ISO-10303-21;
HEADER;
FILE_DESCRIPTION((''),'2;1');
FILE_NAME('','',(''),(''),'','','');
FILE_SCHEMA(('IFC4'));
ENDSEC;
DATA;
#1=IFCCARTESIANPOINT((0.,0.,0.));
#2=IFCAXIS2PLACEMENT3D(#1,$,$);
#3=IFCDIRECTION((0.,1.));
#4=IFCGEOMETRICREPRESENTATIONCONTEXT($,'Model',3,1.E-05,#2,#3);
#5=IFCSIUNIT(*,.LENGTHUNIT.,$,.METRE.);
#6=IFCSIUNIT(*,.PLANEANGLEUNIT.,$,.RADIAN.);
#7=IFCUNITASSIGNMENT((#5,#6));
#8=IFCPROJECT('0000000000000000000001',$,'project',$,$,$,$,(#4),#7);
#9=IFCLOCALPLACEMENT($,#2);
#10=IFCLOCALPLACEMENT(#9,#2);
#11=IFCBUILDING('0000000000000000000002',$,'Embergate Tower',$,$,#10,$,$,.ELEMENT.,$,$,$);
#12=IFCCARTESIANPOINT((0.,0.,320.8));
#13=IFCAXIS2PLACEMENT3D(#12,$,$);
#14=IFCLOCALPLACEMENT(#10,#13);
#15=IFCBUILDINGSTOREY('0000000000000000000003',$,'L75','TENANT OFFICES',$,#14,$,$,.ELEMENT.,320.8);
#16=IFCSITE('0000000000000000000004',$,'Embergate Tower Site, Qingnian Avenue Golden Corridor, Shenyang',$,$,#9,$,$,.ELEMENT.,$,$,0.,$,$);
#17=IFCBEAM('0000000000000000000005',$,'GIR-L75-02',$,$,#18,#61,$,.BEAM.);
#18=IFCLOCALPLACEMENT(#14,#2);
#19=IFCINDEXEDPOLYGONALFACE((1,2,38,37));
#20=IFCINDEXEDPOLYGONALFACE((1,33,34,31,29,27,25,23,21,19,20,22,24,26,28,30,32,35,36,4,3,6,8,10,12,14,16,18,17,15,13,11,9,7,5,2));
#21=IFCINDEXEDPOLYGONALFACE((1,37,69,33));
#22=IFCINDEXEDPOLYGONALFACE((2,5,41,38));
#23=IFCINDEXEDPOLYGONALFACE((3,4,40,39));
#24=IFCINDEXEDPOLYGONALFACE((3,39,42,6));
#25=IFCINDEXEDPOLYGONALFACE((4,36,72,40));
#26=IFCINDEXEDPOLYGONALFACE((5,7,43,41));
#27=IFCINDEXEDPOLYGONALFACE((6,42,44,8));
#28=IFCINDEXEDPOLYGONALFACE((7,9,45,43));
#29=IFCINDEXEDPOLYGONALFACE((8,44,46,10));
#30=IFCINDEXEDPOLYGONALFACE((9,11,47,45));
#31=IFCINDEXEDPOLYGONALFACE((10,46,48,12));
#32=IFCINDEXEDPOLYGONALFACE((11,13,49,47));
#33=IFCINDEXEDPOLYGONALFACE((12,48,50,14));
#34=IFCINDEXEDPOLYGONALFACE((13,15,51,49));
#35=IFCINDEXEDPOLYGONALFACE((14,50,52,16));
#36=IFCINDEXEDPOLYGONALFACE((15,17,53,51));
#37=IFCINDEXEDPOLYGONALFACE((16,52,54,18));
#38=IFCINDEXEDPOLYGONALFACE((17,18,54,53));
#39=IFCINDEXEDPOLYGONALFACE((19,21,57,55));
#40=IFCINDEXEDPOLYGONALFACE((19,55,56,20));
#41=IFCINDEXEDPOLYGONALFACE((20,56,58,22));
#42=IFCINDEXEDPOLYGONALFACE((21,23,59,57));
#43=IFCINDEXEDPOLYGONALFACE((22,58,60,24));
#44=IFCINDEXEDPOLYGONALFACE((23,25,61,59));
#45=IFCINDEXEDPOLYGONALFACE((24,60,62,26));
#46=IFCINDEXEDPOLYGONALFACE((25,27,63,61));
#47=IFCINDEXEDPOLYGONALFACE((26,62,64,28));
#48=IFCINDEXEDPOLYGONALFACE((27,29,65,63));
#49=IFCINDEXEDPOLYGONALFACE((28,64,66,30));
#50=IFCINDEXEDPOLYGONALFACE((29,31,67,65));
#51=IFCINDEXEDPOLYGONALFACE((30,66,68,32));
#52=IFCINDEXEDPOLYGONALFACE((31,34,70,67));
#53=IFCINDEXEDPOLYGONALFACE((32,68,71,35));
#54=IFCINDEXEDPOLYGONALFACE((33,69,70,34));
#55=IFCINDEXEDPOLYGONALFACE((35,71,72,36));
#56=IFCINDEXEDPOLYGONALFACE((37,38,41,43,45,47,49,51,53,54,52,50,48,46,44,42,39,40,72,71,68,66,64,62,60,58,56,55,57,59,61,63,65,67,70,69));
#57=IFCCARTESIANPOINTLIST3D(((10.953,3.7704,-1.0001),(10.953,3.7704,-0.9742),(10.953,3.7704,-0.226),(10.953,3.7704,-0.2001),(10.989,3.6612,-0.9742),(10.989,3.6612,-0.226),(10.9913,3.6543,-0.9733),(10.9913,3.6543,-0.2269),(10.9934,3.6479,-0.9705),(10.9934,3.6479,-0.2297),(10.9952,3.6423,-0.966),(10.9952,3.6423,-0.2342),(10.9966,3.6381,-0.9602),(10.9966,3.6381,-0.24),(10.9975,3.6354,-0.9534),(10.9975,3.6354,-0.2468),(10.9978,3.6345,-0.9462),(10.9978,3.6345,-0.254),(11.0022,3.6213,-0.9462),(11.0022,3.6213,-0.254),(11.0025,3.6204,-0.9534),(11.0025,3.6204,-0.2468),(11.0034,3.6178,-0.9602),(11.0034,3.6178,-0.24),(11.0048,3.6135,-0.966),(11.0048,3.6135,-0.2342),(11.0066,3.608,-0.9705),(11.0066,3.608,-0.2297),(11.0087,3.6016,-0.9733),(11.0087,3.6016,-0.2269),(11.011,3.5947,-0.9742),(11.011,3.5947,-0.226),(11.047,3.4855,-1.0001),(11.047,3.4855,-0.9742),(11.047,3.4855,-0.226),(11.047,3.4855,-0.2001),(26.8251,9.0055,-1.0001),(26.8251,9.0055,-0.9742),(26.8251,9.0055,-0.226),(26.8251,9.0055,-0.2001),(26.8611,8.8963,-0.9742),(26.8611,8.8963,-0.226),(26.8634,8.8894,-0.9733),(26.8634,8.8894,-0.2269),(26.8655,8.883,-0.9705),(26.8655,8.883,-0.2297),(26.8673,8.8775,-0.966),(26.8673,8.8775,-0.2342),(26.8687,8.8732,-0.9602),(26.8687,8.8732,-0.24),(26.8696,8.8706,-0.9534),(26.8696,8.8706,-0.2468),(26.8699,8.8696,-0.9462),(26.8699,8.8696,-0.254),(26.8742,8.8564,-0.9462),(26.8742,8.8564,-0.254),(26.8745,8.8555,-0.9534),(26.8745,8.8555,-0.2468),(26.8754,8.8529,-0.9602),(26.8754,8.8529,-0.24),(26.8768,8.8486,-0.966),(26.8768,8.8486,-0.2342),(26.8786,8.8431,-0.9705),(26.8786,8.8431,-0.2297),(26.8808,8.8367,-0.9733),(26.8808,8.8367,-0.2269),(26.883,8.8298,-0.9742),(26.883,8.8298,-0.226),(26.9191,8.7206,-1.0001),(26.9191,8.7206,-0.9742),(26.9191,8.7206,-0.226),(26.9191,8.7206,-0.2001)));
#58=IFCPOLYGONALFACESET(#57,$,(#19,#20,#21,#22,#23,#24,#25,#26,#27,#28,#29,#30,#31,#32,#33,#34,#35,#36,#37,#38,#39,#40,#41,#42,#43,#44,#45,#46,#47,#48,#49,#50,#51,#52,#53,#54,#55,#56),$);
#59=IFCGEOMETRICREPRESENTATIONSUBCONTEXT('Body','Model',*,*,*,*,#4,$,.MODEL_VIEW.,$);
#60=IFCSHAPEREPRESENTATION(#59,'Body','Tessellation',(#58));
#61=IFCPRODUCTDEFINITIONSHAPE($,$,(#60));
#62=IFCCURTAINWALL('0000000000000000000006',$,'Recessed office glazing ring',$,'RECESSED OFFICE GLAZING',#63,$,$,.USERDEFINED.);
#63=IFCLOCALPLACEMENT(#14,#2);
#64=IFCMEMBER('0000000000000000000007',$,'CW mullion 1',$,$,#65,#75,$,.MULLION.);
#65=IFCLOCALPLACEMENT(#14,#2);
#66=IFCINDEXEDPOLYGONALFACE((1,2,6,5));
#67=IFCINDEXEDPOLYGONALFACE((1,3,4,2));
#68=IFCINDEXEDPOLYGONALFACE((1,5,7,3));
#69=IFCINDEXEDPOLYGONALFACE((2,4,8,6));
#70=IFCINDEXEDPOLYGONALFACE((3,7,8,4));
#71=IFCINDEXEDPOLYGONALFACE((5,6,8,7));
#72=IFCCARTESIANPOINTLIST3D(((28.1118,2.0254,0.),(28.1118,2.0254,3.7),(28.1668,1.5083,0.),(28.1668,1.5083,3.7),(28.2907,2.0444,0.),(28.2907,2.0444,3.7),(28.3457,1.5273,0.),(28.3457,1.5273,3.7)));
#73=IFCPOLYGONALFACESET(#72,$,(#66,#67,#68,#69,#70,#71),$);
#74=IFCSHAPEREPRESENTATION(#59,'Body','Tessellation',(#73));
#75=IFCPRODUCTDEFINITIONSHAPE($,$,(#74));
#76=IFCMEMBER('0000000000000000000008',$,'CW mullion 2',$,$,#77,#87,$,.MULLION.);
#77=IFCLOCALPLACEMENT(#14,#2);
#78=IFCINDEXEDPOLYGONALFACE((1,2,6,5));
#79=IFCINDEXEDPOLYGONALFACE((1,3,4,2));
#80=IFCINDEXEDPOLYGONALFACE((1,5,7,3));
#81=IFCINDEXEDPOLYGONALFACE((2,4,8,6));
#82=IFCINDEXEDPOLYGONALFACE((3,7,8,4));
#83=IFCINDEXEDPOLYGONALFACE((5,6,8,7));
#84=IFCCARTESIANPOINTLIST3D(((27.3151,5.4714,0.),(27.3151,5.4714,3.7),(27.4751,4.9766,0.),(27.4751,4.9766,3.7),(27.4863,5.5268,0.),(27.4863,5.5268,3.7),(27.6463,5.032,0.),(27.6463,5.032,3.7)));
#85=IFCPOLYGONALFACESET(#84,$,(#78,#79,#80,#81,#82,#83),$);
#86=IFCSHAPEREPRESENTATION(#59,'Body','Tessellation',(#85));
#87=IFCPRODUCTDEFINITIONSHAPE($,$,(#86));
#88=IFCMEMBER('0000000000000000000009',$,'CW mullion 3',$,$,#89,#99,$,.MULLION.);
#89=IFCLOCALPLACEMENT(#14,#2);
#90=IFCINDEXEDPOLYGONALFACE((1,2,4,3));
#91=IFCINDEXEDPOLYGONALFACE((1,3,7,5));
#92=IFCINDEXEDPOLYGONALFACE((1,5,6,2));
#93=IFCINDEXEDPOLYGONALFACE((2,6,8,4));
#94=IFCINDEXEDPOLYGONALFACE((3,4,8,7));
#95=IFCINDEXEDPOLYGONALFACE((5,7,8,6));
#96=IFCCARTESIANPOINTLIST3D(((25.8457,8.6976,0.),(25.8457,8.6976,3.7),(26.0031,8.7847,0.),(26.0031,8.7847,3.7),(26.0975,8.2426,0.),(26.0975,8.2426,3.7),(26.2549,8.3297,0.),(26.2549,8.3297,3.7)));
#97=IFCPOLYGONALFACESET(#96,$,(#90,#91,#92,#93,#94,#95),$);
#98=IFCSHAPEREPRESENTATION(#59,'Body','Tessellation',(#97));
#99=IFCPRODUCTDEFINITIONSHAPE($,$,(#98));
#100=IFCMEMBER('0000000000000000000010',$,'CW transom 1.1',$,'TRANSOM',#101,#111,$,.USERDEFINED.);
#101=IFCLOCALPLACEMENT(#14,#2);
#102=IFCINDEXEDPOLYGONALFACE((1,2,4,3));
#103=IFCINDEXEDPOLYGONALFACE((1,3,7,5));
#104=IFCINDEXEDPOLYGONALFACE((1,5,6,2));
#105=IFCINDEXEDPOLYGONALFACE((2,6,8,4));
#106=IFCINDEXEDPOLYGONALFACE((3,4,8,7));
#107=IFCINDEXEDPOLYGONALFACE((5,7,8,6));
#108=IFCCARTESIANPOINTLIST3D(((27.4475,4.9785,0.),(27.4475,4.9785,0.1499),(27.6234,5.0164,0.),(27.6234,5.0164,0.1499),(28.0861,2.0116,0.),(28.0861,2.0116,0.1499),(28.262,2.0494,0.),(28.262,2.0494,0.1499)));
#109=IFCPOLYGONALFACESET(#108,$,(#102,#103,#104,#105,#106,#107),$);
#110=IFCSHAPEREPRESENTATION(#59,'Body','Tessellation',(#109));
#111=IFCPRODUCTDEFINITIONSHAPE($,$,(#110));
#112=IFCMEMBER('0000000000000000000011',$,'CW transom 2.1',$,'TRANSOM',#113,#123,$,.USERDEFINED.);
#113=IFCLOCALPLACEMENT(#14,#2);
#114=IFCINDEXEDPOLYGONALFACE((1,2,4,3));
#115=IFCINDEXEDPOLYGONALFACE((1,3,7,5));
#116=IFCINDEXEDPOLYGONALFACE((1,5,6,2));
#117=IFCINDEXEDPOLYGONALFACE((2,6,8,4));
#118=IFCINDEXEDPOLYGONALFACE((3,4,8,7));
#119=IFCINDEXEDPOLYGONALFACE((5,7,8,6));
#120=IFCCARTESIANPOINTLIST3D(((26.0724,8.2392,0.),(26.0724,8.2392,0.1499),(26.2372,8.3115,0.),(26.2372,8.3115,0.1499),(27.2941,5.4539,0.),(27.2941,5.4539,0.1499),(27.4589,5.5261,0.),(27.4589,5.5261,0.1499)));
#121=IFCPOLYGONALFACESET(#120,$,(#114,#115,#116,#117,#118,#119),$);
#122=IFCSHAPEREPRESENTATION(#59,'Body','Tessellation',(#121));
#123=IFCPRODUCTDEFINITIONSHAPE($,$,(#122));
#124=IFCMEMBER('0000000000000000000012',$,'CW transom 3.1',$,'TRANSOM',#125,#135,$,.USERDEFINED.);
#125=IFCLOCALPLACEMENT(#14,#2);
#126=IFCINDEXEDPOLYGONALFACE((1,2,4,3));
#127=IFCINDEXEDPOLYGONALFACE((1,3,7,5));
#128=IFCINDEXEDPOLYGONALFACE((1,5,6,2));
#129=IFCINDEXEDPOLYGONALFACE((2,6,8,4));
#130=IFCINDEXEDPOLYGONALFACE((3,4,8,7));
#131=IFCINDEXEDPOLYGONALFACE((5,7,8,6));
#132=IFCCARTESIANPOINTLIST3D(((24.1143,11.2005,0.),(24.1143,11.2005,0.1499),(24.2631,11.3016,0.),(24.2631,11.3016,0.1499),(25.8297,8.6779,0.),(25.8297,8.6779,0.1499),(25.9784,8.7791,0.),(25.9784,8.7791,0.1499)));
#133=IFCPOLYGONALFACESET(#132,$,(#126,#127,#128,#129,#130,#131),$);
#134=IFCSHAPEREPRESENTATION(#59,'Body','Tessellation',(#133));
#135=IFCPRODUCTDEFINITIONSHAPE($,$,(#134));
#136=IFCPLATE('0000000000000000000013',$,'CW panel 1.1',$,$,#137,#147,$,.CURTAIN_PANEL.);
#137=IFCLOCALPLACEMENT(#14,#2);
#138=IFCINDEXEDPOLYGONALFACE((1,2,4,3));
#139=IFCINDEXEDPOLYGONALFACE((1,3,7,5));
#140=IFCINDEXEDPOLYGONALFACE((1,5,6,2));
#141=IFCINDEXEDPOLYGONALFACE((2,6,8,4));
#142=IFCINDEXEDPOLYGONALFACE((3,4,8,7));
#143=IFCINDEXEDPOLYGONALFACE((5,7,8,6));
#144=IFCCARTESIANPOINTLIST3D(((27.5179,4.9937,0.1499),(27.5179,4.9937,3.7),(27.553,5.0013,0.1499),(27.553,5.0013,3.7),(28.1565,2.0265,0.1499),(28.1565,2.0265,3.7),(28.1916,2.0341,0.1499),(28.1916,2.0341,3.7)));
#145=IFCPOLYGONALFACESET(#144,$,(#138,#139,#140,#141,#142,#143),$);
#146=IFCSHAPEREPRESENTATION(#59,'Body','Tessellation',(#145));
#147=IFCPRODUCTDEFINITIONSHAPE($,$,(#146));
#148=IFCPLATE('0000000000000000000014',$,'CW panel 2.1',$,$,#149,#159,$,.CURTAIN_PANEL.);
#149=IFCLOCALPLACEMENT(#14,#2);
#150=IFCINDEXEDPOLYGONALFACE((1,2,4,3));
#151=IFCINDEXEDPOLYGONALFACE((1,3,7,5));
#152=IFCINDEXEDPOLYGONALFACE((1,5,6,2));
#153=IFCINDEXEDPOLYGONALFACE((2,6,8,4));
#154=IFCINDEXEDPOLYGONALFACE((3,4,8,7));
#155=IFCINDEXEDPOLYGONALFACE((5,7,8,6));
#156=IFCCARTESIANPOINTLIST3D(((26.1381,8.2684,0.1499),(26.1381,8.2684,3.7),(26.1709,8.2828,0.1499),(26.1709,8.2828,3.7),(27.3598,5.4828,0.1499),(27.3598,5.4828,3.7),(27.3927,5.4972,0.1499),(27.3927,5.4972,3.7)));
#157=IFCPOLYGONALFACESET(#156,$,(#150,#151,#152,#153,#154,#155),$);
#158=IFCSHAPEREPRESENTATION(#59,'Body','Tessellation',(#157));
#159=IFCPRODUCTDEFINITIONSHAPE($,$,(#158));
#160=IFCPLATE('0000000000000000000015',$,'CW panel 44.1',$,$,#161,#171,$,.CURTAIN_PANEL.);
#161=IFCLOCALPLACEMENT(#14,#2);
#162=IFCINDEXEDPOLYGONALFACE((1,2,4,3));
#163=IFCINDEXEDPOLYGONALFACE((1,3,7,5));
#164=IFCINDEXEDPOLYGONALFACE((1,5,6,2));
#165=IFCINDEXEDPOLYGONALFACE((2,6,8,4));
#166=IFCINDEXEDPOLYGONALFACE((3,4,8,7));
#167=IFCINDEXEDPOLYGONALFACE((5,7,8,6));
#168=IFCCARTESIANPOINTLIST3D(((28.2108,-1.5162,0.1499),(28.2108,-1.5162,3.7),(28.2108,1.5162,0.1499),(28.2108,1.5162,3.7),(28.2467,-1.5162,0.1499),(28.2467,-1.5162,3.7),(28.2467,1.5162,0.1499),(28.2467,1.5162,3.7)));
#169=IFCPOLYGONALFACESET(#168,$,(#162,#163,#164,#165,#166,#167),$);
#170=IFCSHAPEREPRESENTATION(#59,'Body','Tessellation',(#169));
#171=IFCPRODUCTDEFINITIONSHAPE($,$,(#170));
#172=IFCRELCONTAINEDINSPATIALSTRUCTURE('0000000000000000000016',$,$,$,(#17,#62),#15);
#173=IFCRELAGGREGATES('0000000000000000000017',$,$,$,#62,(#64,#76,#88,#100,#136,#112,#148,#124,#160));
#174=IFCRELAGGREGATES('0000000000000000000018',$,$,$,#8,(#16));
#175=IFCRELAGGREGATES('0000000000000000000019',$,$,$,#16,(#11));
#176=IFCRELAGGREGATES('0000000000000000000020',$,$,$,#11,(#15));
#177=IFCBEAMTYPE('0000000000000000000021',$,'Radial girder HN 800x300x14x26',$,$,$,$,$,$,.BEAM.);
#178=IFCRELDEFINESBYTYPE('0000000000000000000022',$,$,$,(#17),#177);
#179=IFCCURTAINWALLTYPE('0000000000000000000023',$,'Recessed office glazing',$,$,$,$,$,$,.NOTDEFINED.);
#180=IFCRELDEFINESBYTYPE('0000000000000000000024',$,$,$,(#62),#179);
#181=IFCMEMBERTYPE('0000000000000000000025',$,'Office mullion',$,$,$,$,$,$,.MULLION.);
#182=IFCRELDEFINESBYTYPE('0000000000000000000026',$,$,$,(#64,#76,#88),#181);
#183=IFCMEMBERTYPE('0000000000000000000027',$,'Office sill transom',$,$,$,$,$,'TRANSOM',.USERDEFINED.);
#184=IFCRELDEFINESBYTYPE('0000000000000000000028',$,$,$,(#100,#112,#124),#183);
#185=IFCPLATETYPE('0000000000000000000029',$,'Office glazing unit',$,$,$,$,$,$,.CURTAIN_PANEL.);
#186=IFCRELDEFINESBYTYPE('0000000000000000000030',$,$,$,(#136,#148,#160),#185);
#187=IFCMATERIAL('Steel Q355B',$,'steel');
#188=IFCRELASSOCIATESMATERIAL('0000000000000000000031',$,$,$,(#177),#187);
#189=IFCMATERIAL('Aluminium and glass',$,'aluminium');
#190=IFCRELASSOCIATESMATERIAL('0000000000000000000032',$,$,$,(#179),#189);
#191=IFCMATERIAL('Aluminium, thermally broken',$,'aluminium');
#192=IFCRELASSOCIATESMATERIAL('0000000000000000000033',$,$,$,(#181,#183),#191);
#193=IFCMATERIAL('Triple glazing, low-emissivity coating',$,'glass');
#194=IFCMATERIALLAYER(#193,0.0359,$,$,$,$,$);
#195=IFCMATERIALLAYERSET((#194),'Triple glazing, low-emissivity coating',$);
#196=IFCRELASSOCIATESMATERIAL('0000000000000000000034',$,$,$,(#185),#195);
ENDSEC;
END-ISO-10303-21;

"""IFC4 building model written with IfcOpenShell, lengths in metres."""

from ifc_helpers import new_model, si_unit, direction, frame, origin, origin_2d, place, context, subcontext, project, spatial, rectangle, i_section, extrude, source, transform, mapped, material, layer, layer_set, material_profile, profile_set, type_object, element, aggregate, save


model = new_model("IFC4")

# Units and contexts
model_context = context("Model", 3, precision=1e-05, world=origin(), true_north=direction((0.0, 1.0)))
body_context = subcontext(model_context, "Body", "Model", "MODEL_VIEW")
ifc_project = project(units=[si_unit("LENGTHUNIT", "METRE"), si_unit("PLANEANGLEUNIT", "RADIAN")], contexts=[model_context])

# Site, building, storey
site_placement = place(None, origin())
site = spatial("IfcSite", under=ifc_project, at=site_placement, Name="Embergate Tower Site, Qingnian Avenue Golden Corridor, Shenyang", CompositionType="ELEMENT", RefElevation=0.0)
building_placement = place(site_placement, origin())
building = spatial("IfcBuilding", under=site, at=building_placement, Name="Embergate Tower", CompositionType="ELEMENT")
storey_placement = place(building_placement, frame((0.0, 0.0, 320.8)))
storey = spatial("IfcBuildingStorey", under=building, at=storey_placement, Name="L75", Description="TENANT OFFICES", CompositionType="ELEMENT", Elevation=320.8)

# Beam
ifc_material_1 = material(Name="Steel Q355B", Category="steel")
ifc_material_profile_1 = material_profile(ifc_material_1, i_section(OverallWidth=0.3, OverallDepth=0.8, WebThickness=0.0139, FlangeThickness=0.0259, FilletRadius=0.0281, at=origin_2d()), Name="HN 800x300x14x26")
ifc_profile_set_1 = profile_set([ifc_material_profile_1], Name="Steel Q355 grade B")
beam_type_1 = type_object("IfcBeamType", Name="Radial girder HN 800x300x14x26", PredefinedType="BEAM", material=ifc_profile_set_1)
shared_shape_1 = source(origin(), body_context, "Body", "SweptSolid", [
    extrude(i_section(OverallWidth=0.3, OverallDepth=0.8, WebThickness=0.0139, FlangeThickness=0.0259, FilletRadius=0.0281, at=origin_2d()), origin(), (0.0, 0.0, 1.0), 16.7131),
])
beam_1_placement = place(storey_placement, frame((26.8721, 8.863, -0.6001), z_axis=(-0.949676, -0.313233, 0.0), x_axis=(0.313233, -0.949676, 0.0)))
element("IfcBeam", 1, at=beam_1_placement, inside=storey, type_object=beam_type_1, Name="GIR-L75-02", PredefinedType="BEAM", context=body_context, shape_type="MappedRepresentation", body=[
    mapped(shared_shape_1, transform((0.0, 0.0, 0.0))),
])

# Curtain wall, members, plates
ifc_material_2 = material(Name="Aluminium and glass", Category="aluminium")
curtain_wall_type = type_object("IfcCurtainWallType", Name="Recessed office glazing", PredefinedType="NOTDEFINED", material=ifc_material_2)
curtain_wall_placement = place(storey_placement, origin())
curtain_wall = element("IfcCurtainWall", 2, at=curtain_wall_placement, inside=storey, type_object=curtain_wall_type, Name="Recessed office glazing ring", ObjectType="RECESSED OFFICE GLAZING", PredefinedType="USERDEFINED")
ifc_material_3 = material(Name="Aluminium, thermally broken", Category="aluminium")
ifc_material_profile_2 = material_profile(ifc_material_3, rectangle(XDim=0.1799, YDim=0.52, at=origin_2d()), Name="AL 520x180")
ifc_profile_set_2 = profile_set([ifc_material_profile_2], Name="Aluminium, thermally broken")
member_type_1 = type_object("IfcMemberType", Name="Office mullion", PredefinedType="MULLION", material=ifc_profile_set_2)
shared_shape_2 = source(origin(), body_context, "Body", "SweptSolid", [
    extrude(rectangle(XDim=0.1799, YDim=0.52, at=origin_2d()), origin(), (0.0, 0.0, 1.0), 3.7),
])
member_1_placement = place(storey_placement, frame((28.2288, 1.7764, 0.0), z_axis=(0.0, 0.0, 1.0), x_axis=(-0.994384, -0.105832, 0.0)))
member_1 = element("IfcMember", 3, at=member_1_placement, type_object=member_type_1, Name="CW mullion 1", PredefinedType="MULLION", context=body_context, shape_type="MappedRepresentation", body=[
    mapped(shared_shape_2, transform((0.0, 0.0, 0.0))),
])
member_2_placement = place(storey_placement, frame((27.4807, 5.2517, 0.0), z_axis=(0.0, 0.0, 1.0), x_axis=(-0.951492, -0.307674, 0.0)))
member_2 = element("IfcMember", 4, at=member_2_placement, type_object=member_type_1, Name="CW mullion 2", PredefinedType="MULLION", context=body_context, shape_type="MappedRepresentation", body=[
    mapped(shared_shape_2, transform((0.0, 0.0, 0.0))),
])
member_3_placement = place(storey_placement, frame((26.0503, 8.5137, 0.0), z_axis=(0.0, 0.0, 1.0), x_axis=(-0.874991, -0.484139, 0.0)))
member_3 = element("IfcMember", 5, at=member_3_placement, type_object=member_type_1, Name="CW mullion 3", PredefinedType="MULLION", context=body_context, shape_type="MappedRepresentation", body=[
    mapped(shared_shape_2, transform((0.0, 0.0, 0.0))),
])
ifc_material_profile_3 = material_profile(ifc_material_3, rectangle(XDim=0.1799, YDim=0.1499, at=origin_2d()), Name="AL 150x180")
ifc_profile_set_3 = profile_set([ifc_material_profile_3], Name="Aluminium, thermally broken")
member_type_2 = type_object("IfcMemberType", Name="Office sill transom", ElementType="TRANSOM", PredefinedType="USERDEFINED", material=ifc_profile_set_3)
shared_shape_3 = source(origin(), body_context, "Body", "SweptSolid", [
    extrude(rectangle(XDim=0.1799, YDim=0.1499, at=origin_2d()), origin(), (0.0, 0.0, 1.0), 3.0349),
])
member_4_placement = place(storey_placement, frame((28.1741, 2.0305, 0.075), z_axis=(-0.210435, 0.977608, 0.0), x_axis=(-0.977608, -0.210435, 0.0)))
member_4 = element("IfcMember", 6, at=member_4_placement, type_object=member_type_2, Name="CW transom 1.1", ObjectType="TRANSOM", PredefinedType="USERDEFINED", context=body_context, shape_type="MappedRepresentation", body=[
    mapped(shared_shape_3, transform((0.0, 0.0, 0.0))),
])
shared_shape_4 = source(origin(), body_context, "Body", "SweptSolid", [
    extrude(rectangle(XDim=0.1799, YDim=0.1499, at=origin_2d()), origin(), (0.0, 0.0, 1.0), 3.0415),
])
member_5_placement = place(storey_placement, frame((27.3765, 5.49, 0.075), z_axis=(-0.401665, 0.915787, 0.0), x_axis=(-0.915787, -0.401665, 0.0)))
member_5 = element("IfcMember", 7, at=member_5_placement, type_object=member_type_2, Name="CW transom 2.1", ObjectType="TRANSOM", PredefinedType="USERDEFINED", context=body_context, shape_type="MappedRepresentation", body=[
    mapped(shared_shape_4, transform((0.0, 0.0, 0.0))),
])
shared_shape_5 = source(origin(), body_context, "Body", "SweptSolid", [
    extrude(rectangle(XDim=0.1799, YDim=0.1499, at=origin_2d()), origin(), (0.0, 0.0, 1.0), 3.0505),
])
member_6_placement = place(storey_placement, frame((25.9041, 8.7285, 0.075), z_axis=(-0.562323, 0.826918, 0.0), x_axis=(-0.826918, -0.562323, 0.0)))
member_6 = element("IfcMember", 8, at=member_6_placement, type_object=member_type_2, Name="CW transom 3.1", ObjectType="TRANSOM", PredefinedType="USERDEFINED", context=body_context, shape_type="MappedRepresentation", body=[
    mapped(shared_shape_5, transform((0.0, 0.0, 0.0))),
])
ifc_material_4 = material(Name="Triple glazing, low-emissivity coating", Category="glass")
ifc_layer_1 = layer(ifc_material_4, 0.0359)
ifc_layer_set_1 = layer_set([ifc_layer_1], Name="Triple glazing, low-emissivity coating")
plate_type = type_object("IfcPlateType", Name="Office glazing unit", PredefinedType="CURTAIN_PANEL", material=ifc_layer_set_1)
shared_shape_6 = source(origin(), body_context, "Body", "SweptSolid", [
    extrude(rectangle(XDim=3.0352, YDim=0.0359, at=origin_2d()), origin(), (0.0, 0.0, 1.0), 3.55),
])
plate_1_placement = place(storey_placement, frame((27.8547, 3.5139, 0.1499), z_axis=(0.0, 0.0, 1.0), x_axis=(-0.2104, 0.977615, 0.0)))
plate_1 = element("IfcPlate", 9, at=plate_1_placement, type_object=plate_type, Name="CW panel 1.1", PredefinedType="CURTAIN_PANEL", context=body_context, shape_type="MappedRepresentation", body=[
    mapped(shared_shape_6, transform((0.0, 0.0, 0.0))),
])
shared_shape_7 = source(origin(), body_context, "Body", "SweptSolid", [
    extrude(rectangle(XDim=3.0417, YDim=0.0359, at=origin_2d()), origin(), (0.0, 0.0, 1.0), 3.55),
])
plate_2_placement = place(storey_placement, frame((26.7654, 6.8828, 0.1499), z_axis=(0.0, 0.0, 1.0), x_axis=(-0.401654, 0.915792, 0.0)))
plate_2 = element("IfcPlate", 10, at=plate_2_placement, type_object=plate_type, Name="CW panel 2.1", PredefinedType="CURTAIN_PANEL", context=body_context, shape_type="MappedRepresentation", body=[
    mapped(shared_shape_7, transform((0.0, 0.0, 0.0))),
])
shared_shape_8 = source(origin(), body_context, "Body", "SweptSolid", [
    extrude(rectangle(XDim=3.0325, YDim=0.0359, at=origin_2d()), origin(), (0.0, 0.0, 1.0), 3.55),
])
plate_3_placement = place(storey_placement, frame((28.2288, 0.0, 0.1499), z_axis=(0.0, 0.0, 1.0), x_axis=(0.0, 1.0, 0.0)))
plate_3 = element("IfcPlate", 11, at=plate_3_placement, type_object=plate_type, Name="CW panel 44.1", PredefinedType="CURTAIN_PANEL", context=body_context, shape_type="MappedRepresentation", body=[
    mapped(shared_shape_8, transform((0.0, 0.0, 0.0))),
])
aggregate(curtain_wall, [member_1, member_2, member_3, member_4, plate_1, member_5, plate_2, member_6, plate_3])

save(model, "model.ifc")
